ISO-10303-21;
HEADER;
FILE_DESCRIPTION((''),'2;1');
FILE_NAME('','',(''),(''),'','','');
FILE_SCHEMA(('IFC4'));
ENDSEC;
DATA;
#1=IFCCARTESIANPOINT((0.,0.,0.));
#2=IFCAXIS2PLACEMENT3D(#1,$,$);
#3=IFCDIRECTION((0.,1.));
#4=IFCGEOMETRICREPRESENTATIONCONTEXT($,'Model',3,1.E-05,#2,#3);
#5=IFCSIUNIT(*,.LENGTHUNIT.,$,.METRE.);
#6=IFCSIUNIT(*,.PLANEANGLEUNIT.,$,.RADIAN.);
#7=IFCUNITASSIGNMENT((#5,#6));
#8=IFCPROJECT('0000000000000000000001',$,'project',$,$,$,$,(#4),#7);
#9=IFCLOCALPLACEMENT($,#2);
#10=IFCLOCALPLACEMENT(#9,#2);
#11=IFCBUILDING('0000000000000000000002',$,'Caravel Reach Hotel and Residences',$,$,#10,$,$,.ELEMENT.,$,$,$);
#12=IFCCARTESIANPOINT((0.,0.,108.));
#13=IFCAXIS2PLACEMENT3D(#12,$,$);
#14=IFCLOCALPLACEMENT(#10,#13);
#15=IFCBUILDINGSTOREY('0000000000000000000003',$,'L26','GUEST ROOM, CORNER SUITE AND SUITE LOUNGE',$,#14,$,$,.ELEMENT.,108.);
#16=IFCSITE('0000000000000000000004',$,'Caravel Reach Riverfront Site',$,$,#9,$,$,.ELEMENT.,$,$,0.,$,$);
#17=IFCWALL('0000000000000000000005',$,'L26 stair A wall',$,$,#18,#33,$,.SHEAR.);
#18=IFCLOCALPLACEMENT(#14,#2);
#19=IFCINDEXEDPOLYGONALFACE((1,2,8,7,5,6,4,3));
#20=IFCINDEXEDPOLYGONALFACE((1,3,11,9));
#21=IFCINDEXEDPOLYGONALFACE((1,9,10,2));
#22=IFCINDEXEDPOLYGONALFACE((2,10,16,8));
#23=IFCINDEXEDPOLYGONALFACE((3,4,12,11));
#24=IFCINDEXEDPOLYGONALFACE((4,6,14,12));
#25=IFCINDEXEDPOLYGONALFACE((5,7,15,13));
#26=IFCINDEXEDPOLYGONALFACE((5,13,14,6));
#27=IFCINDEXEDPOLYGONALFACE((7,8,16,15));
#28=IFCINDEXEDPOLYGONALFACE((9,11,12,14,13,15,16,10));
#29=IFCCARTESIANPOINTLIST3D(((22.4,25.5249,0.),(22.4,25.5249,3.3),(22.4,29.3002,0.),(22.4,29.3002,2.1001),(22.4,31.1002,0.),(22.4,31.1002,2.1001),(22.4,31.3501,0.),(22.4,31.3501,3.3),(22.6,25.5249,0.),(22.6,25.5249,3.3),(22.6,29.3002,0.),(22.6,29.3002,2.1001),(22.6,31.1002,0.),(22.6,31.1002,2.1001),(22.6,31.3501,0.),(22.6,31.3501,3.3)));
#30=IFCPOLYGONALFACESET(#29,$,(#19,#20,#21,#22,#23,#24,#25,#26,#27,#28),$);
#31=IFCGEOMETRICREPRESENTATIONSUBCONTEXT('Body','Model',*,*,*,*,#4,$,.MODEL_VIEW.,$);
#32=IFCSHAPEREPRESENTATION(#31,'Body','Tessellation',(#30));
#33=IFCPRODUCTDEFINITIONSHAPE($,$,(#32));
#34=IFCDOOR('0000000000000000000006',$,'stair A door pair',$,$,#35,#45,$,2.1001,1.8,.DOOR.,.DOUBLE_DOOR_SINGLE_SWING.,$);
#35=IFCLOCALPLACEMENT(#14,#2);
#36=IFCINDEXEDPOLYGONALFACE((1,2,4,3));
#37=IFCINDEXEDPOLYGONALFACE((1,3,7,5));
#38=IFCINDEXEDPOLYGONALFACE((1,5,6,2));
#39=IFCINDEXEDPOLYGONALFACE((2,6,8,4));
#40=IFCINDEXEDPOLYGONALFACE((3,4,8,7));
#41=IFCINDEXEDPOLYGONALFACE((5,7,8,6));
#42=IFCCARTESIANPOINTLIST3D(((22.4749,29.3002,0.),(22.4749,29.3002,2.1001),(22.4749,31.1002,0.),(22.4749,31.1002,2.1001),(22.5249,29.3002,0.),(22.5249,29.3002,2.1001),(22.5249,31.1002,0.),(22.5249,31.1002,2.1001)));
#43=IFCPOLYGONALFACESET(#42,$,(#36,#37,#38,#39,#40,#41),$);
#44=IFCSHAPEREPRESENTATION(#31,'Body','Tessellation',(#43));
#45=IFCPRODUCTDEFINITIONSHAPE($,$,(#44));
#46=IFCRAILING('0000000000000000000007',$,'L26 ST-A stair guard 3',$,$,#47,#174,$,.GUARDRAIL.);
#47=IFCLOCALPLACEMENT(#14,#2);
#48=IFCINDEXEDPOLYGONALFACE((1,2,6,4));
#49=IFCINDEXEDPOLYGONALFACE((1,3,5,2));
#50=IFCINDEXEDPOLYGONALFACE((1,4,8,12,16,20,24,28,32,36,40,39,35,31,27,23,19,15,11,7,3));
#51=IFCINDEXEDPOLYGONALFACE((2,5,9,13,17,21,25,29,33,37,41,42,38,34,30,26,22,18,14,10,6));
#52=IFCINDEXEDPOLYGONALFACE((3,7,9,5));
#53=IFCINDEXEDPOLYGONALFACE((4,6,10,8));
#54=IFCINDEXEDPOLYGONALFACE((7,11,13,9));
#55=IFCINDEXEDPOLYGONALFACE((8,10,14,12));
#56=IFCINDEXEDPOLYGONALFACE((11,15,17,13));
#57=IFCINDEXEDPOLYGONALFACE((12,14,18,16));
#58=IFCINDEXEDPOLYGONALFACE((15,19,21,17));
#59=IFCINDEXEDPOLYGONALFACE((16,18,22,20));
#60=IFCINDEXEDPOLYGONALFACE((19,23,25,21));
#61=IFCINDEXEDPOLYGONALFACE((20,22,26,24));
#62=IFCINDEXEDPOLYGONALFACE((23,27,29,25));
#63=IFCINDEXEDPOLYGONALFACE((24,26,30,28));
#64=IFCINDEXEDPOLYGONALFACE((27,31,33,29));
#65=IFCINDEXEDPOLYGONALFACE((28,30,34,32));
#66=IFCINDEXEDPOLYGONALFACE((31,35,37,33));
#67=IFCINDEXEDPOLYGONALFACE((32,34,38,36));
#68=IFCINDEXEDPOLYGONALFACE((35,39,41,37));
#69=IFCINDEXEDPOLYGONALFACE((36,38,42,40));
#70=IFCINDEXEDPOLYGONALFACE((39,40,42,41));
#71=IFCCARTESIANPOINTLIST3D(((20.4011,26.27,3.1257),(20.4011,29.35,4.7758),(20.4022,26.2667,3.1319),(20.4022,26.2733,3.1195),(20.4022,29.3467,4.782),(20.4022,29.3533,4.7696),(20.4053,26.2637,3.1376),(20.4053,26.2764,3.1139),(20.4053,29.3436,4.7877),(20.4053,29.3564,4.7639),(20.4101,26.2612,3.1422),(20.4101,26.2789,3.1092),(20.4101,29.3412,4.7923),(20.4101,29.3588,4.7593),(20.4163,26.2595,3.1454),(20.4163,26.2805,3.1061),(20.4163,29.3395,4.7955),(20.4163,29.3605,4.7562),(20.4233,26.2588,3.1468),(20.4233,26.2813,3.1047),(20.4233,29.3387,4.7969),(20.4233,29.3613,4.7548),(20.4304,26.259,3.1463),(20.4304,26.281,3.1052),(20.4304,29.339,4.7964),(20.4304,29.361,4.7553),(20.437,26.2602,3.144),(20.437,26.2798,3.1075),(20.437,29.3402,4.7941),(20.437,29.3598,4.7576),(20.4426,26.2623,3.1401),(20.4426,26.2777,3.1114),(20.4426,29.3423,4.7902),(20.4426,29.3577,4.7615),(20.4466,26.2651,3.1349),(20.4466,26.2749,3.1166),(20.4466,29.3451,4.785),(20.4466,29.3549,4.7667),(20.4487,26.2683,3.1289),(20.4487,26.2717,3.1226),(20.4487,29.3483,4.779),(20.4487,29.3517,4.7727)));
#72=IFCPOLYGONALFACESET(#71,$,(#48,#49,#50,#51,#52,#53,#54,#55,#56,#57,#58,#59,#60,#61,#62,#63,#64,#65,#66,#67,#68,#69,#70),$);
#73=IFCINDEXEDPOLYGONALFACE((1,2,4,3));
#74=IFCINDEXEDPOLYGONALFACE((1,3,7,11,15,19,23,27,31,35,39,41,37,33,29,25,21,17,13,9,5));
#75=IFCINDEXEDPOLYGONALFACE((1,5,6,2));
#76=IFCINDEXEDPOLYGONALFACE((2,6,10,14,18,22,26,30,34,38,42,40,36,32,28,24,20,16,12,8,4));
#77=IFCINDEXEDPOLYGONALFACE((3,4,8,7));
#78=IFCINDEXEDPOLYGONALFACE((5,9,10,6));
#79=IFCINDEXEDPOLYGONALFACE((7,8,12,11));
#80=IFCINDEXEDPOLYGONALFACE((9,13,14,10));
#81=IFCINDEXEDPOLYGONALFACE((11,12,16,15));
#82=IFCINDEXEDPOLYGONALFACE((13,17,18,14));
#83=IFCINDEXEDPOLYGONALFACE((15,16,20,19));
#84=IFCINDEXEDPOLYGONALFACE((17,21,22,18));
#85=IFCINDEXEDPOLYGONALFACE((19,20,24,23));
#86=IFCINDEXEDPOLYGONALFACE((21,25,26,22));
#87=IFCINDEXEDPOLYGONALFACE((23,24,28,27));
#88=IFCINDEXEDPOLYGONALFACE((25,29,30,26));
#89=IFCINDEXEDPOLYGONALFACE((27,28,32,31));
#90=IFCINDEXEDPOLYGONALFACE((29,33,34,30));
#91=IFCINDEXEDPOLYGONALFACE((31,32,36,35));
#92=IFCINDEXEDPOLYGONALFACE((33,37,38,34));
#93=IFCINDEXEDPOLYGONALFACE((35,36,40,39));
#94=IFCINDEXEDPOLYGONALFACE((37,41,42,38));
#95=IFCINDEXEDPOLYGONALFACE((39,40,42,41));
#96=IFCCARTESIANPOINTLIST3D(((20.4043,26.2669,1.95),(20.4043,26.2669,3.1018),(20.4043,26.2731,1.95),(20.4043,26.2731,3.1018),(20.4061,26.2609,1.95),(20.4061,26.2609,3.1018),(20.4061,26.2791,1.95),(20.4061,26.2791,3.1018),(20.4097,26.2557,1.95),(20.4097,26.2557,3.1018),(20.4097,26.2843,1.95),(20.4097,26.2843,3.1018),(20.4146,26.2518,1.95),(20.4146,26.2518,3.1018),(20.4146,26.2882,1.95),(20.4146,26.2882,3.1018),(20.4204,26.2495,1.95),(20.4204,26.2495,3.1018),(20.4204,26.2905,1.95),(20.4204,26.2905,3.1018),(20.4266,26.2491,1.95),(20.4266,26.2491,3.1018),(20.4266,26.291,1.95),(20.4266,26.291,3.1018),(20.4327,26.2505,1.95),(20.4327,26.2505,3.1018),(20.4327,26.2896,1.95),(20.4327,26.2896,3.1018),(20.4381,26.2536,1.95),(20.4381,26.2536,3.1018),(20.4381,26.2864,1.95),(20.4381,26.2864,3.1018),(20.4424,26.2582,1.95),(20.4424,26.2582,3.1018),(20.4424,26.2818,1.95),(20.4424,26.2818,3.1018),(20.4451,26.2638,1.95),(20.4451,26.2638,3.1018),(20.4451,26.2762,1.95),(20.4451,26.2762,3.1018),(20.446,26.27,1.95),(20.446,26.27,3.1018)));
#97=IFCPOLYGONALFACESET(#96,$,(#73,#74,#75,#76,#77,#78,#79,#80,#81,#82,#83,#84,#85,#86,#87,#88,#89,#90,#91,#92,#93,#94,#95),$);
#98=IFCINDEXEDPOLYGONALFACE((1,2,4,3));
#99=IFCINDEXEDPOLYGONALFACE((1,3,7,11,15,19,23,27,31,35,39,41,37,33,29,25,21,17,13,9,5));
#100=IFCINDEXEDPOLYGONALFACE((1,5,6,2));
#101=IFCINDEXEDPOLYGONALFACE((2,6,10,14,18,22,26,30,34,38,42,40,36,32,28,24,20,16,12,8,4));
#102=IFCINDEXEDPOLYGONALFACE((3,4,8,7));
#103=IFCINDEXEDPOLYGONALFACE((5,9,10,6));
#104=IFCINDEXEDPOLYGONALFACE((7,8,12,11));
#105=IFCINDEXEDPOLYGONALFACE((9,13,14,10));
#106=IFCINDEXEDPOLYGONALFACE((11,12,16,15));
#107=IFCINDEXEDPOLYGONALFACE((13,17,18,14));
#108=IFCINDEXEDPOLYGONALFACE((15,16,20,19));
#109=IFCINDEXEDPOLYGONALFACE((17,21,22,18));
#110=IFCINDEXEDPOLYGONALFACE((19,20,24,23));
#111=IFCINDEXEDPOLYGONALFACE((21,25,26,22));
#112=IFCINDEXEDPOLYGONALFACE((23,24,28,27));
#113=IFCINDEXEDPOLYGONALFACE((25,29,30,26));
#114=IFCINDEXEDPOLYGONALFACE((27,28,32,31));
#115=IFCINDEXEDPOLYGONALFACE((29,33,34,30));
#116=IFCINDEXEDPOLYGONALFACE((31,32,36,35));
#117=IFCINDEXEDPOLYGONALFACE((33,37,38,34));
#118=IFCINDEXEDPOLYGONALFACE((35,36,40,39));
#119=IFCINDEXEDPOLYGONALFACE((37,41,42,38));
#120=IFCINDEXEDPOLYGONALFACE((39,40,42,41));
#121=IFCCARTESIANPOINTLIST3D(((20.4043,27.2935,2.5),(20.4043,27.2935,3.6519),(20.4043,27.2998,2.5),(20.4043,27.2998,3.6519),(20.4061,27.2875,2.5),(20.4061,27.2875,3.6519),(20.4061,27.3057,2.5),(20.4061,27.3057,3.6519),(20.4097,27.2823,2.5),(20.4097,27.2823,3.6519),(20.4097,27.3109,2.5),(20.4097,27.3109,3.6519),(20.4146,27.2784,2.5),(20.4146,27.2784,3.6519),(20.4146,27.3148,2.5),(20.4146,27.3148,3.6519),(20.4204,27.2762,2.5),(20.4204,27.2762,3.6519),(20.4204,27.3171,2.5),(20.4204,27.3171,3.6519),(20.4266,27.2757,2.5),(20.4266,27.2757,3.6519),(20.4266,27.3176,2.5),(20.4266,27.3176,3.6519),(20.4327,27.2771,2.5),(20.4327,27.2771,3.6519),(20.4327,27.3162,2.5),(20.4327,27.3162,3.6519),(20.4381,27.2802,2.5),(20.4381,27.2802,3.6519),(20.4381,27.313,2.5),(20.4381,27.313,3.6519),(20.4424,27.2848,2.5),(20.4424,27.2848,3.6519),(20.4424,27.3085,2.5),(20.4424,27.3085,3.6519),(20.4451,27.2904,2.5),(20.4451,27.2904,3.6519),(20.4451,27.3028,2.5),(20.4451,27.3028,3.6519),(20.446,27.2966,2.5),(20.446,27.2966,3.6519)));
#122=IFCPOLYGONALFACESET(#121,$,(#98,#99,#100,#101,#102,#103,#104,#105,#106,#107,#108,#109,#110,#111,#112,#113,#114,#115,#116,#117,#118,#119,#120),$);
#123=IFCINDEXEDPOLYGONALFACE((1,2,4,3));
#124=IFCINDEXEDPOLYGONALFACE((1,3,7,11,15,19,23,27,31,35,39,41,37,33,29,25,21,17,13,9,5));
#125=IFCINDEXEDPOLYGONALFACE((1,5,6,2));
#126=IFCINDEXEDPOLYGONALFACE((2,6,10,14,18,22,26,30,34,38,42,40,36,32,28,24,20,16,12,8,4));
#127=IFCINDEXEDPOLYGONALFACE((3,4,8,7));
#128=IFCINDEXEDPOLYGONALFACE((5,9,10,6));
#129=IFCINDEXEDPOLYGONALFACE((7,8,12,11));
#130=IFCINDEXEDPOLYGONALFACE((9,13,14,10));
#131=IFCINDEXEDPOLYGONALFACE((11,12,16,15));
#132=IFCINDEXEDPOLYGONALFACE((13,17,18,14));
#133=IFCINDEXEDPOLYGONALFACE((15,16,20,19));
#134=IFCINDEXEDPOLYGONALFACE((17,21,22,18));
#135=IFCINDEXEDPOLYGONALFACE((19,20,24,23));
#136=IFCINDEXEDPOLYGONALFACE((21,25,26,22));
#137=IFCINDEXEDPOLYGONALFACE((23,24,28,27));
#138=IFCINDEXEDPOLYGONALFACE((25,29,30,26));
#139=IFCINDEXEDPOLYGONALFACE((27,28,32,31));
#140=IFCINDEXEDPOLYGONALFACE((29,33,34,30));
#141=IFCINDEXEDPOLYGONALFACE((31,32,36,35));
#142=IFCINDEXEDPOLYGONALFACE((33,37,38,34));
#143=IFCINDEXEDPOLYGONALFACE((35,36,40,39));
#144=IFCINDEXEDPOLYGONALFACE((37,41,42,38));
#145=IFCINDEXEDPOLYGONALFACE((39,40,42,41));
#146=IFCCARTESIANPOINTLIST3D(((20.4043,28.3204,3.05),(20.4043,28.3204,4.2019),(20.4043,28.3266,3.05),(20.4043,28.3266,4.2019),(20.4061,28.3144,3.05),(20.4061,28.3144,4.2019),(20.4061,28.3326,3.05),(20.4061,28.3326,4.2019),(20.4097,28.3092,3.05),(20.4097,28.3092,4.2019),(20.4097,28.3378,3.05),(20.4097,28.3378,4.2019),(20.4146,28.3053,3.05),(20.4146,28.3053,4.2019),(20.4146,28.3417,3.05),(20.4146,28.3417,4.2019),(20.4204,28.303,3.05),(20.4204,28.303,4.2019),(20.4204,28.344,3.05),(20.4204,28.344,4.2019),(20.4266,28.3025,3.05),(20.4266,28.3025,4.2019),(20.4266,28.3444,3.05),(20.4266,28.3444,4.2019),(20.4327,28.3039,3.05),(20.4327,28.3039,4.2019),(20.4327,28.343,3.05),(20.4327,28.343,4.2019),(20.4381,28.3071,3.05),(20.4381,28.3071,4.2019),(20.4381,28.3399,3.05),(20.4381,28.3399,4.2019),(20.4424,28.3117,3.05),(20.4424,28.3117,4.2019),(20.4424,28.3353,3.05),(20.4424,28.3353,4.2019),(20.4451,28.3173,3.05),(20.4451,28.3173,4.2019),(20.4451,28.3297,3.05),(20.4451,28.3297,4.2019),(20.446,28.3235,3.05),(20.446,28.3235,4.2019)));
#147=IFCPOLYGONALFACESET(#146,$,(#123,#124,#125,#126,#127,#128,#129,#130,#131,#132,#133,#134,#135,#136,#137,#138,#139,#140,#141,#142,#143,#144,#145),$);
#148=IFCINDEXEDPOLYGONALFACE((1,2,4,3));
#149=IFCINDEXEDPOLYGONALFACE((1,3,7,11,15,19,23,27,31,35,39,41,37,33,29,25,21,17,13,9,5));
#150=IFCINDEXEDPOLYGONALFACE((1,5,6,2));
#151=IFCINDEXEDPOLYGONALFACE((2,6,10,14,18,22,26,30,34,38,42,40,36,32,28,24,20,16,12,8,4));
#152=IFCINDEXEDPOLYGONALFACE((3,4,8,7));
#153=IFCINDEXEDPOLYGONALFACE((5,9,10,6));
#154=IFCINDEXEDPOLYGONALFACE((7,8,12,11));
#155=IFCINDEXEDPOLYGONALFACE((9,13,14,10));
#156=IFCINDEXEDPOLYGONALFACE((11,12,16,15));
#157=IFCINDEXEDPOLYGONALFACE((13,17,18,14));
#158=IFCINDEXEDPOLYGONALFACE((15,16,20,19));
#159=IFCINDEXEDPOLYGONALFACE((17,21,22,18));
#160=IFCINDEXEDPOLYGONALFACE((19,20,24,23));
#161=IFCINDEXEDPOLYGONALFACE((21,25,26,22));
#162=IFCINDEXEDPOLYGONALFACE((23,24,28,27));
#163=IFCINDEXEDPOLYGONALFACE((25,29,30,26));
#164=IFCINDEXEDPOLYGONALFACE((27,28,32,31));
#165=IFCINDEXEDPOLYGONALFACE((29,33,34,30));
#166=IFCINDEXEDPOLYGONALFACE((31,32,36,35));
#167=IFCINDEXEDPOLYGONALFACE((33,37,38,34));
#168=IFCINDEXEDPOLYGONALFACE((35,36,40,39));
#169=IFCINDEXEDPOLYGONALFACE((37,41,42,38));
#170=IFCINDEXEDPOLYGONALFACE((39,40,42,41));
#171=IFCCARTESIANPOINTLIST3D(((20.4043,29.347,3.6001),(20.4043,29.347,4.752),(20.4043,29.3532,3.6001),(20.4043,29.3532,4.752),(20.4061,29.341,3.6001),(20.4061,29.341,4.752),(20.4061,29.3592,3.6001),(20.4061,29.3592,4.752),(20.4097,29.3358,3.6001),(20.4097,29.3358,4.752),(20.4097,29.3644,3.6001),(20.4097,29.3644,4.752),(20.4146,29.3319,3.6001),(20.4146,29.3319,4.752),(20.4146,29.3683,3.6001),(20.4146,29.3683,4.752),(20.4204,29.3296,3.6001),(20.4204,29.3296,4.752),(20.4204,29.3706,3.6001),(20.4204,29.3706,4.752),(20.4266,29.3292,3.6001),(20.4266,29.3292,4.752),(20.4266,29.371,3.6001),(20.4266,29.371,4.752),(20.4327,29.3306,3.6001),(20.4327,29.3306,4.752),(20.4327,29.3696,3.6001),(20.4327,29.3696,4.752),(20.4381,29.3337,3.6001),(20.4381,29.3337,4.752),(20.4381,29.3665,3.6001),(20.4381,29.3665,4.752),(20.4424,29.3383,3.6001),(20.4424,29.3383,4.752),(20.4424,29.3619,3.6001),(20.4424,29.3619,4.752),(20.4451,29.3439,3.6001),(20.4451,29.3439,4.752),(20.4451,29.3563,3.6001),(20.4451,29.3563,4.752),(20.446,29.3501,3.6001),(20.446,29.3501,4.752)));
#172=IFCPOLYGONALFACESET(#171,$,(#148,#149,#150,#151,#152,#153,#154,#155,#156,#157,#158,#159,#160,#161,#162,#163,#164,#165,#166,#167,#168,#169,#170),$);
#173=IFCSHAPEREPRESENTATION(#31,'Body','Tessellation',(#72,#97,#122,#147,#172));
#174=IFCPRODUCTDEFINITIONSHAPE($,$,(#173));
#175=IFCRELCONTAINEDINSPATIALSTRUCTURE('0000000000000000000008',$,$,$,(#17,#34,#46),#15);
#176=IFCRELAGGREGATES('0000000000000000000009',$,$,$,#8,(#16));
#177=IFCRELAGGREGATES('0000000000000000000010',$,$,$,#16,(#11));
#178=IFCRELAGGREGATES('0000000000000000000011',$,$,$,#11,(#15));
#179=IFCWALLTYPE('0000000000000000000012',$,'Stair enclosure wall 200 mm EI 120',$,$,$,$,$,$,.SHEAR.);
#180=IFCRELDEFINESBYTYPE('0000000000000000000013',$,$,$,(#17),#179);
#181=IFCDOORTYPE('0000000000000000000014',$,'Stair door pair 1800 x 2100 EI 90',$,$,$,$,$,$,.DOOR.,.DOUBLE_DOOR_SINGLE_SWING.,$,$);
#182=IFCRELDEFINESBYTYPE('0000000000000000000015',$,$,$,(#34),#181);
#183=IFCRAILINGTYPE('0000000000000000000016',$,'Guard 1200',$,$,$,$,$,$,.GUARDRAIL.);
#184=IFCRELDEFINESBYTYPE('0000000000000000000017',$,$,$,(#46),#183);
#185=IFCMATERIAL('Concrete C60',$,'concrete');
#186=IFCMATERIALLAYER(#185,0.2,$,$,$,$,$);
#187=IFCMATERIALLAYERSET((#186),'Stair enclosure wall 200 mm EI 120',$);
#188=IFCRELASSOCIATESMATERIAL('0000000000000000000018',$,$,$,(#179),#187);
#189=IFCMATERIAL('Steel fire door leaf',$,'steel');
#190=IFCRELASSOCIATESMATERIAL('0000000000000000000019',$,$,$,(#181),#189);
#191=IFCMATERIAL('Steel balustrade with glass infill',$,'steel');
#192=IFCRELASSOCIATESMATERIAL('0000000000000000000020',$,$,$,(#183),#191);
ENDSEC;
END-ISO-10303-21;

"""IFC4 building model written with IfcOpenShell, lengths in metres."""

from ifc_helpers import new_model, si_unit, direction, frame, frame_2d, origin, origin_2d, place, context, subcontext, project, spatial, rectangle, circle, extrude, material, layer, layer_set, type_object, element, fill, save


model = new_model("IFC4")

# Units and contexts
model_context = context("Model", 3, precision=1e-05, world=origin(), true_north=direction((0.0, 1.0)))
body_context = subcontext(model_context, "Body", "Model", "MODEL_VIEW")
ifc_project = project(units=[si_unit("LENGTHUNIT", "METRE"), si_unit("PLANEANGLEUNIT", "RADIAN")], contexts=[model_context])

# Site, building, storey
site_placement = place(None, origin())
site = spatial("IfcSite", under=ifc_project, at=site_placement, Name="Caravel Reach Riverfront Site", CompositionType="ELEMENT", RefElevation=0.0)
building_placement = place(site_placement, origin())
building = spatial("IfcBuilding", under=site, at=building_placement, Name="Caravel Reach Hotel and Residences", CompositionType="ELEMENT")
storey_placement = place(building_placement, frame((0.0, 0.0, 108.0)))
storey = spatial("IfcBuildingStorey", under=building, at=storey_placement, Name="L26", Description="GUEST ROOM, CORNER SUITE AND SUITE LOUNGE", CompositionType="ELEMENT", Elevation=108.0)

# Wall, opening, door
ifc_material_1 = material(Name="Concrete C60", Category="concrete")
ifc_layer_1 = layer(ifc_material_1, 0.2)
ifc_layer_set_1 = layer_set([ifc_layer_1], Name="Stair enclosure wall 200 mm EI 120")
wall_type_1 = type_object("IfcWallType", Name="Stair enclosure wall 200 mm EI 120", PredefinedType="SHEAR", material=ifc_layer_set_1)
wall_1_placement = place(storey_placement, frame((22.5, 31.3501, 0.0), z_axis=(0.0, 0.0, 1.0), x_axis=(0.0, -1.0, 0.0)))
wall_1 = element("IfcWall", 1, at=wall_1_placement, inside=storey, type_object=wall_type_1, Name="L26 stair A wall", PredefinedType="SHEAR", context=body_context, shape_type="SweptSolid", body=[
    extrude(rectangle(XDim=5.8252, YDim=0.2, at=frame_2d((2.9126, 0.0))), origin(), (0.0, 0.0, 1.0), 3.3),
])
opening_1_placement = place(wall_1_placement, frame((0.25, 0.0, 0.0)))
opening_1 = element("IfcOpeningElement", 2, at=opening_1_placement, cuts=wall_1, PredefinedType="OPENING", context=body_context, shape_type="SweptSolid", body=[
    extrude(rectangle(XDim=1.8, YDim=2.1001, at=frame_2d((0.8999, 1.05))), frame((0.0, 0.1099, 0.0), z_axis=(0.0, -1.0, 0.0), x_axis=(1.0, 0.0, 0.0)), (0.0, 0.0, 1.0), 0.22),
])
ifc_material_2 = material(Name="Steel fire door leaf", Category="steel")
door_type_1 = type_object("IfcDoorType", Name="Stair door pair 1800 x 2100 EI 90", OperationType="DOUBLE_DOOR_SINGLE_SWING", PredefinedType="DOOR", material=ifc_material_2)
door_1_placement = place(opening_1_placement, origin())
door_1 = element("IfcDoor", 3, at=door_1_placement, inside=storey, type_object=door_type_1, Name="stair A door pair", OperationType="DOUBLE_DOOR_SINGLE_SWING", OverallHeight=2.1001, OverallWidth=1.8, PredefinedType="DOOR", context=body_context, shape_type="SweptSolid", body=[
    extrude(rectangle(XDim=1.8, YDim=2.1001, at=frame_2d((0.8999, 1.05))), frame((0.0, 0.0249, 0.0), z_axis=(0.0, -1.0, 0.0), x_axis=(1.0, 0.0, 0.0)), (0.0, 0.0, 1.0), 0.05),
])
fill(opening_1, door_1)

# Railing
ifc_material_3 = material(Name="Steel balustrade with glass infill", Category="steel")
railing_type_1 = type_object("IfcRailingType", Name="Guard 1200", PredefinedType="GUARDRAIL", material=ifc_material_3)
railing_1_placement = place(storey_placement, frame((20.425, 26.27, 1.95)))
element("IfcRailing", 4, at=railing_1_placement, inside=storey, type_object=railing_type_1, Name="L26 ST-A stair guard 3", PredefinedType="GUARDRAIL", context=body_context, shape_type="SweptSolid", body=[
    extrude(circle(Radius=0.0239, at=origin_2d()), frame((0.0, 0.0, 1.1758), z_axis=(0.0, 0.881468, 0.472245), x_axis=(-1.0, 0.0, 0.0)), (0.0, 0.0, 1.0), 3.4941),
    extrude(circle(Radius=0.021, at=origin_2d()), origin(), (0.0, 0.0, 1.0), 1.1519),
    extrude(circle(Radius=0.021, at=origin_2d()), frame((0.0, 1.0266, 0.55)), (0.0, 0.0, 1.0), 1.1519),
    extrude(circle(Radius=0.021, at=origin_2d()), frame((0.0, 2.0535, 1.1001)), (0.0, 0.0, 1.0), 1.1519),
    extrude(circle(Radius=0.021, at=origin_2d()), frame((0.0, 3.0801, 1.6501)), (0.0, 0.0, 1.0), 1.1519),
])

save(model, "model.ifc")
